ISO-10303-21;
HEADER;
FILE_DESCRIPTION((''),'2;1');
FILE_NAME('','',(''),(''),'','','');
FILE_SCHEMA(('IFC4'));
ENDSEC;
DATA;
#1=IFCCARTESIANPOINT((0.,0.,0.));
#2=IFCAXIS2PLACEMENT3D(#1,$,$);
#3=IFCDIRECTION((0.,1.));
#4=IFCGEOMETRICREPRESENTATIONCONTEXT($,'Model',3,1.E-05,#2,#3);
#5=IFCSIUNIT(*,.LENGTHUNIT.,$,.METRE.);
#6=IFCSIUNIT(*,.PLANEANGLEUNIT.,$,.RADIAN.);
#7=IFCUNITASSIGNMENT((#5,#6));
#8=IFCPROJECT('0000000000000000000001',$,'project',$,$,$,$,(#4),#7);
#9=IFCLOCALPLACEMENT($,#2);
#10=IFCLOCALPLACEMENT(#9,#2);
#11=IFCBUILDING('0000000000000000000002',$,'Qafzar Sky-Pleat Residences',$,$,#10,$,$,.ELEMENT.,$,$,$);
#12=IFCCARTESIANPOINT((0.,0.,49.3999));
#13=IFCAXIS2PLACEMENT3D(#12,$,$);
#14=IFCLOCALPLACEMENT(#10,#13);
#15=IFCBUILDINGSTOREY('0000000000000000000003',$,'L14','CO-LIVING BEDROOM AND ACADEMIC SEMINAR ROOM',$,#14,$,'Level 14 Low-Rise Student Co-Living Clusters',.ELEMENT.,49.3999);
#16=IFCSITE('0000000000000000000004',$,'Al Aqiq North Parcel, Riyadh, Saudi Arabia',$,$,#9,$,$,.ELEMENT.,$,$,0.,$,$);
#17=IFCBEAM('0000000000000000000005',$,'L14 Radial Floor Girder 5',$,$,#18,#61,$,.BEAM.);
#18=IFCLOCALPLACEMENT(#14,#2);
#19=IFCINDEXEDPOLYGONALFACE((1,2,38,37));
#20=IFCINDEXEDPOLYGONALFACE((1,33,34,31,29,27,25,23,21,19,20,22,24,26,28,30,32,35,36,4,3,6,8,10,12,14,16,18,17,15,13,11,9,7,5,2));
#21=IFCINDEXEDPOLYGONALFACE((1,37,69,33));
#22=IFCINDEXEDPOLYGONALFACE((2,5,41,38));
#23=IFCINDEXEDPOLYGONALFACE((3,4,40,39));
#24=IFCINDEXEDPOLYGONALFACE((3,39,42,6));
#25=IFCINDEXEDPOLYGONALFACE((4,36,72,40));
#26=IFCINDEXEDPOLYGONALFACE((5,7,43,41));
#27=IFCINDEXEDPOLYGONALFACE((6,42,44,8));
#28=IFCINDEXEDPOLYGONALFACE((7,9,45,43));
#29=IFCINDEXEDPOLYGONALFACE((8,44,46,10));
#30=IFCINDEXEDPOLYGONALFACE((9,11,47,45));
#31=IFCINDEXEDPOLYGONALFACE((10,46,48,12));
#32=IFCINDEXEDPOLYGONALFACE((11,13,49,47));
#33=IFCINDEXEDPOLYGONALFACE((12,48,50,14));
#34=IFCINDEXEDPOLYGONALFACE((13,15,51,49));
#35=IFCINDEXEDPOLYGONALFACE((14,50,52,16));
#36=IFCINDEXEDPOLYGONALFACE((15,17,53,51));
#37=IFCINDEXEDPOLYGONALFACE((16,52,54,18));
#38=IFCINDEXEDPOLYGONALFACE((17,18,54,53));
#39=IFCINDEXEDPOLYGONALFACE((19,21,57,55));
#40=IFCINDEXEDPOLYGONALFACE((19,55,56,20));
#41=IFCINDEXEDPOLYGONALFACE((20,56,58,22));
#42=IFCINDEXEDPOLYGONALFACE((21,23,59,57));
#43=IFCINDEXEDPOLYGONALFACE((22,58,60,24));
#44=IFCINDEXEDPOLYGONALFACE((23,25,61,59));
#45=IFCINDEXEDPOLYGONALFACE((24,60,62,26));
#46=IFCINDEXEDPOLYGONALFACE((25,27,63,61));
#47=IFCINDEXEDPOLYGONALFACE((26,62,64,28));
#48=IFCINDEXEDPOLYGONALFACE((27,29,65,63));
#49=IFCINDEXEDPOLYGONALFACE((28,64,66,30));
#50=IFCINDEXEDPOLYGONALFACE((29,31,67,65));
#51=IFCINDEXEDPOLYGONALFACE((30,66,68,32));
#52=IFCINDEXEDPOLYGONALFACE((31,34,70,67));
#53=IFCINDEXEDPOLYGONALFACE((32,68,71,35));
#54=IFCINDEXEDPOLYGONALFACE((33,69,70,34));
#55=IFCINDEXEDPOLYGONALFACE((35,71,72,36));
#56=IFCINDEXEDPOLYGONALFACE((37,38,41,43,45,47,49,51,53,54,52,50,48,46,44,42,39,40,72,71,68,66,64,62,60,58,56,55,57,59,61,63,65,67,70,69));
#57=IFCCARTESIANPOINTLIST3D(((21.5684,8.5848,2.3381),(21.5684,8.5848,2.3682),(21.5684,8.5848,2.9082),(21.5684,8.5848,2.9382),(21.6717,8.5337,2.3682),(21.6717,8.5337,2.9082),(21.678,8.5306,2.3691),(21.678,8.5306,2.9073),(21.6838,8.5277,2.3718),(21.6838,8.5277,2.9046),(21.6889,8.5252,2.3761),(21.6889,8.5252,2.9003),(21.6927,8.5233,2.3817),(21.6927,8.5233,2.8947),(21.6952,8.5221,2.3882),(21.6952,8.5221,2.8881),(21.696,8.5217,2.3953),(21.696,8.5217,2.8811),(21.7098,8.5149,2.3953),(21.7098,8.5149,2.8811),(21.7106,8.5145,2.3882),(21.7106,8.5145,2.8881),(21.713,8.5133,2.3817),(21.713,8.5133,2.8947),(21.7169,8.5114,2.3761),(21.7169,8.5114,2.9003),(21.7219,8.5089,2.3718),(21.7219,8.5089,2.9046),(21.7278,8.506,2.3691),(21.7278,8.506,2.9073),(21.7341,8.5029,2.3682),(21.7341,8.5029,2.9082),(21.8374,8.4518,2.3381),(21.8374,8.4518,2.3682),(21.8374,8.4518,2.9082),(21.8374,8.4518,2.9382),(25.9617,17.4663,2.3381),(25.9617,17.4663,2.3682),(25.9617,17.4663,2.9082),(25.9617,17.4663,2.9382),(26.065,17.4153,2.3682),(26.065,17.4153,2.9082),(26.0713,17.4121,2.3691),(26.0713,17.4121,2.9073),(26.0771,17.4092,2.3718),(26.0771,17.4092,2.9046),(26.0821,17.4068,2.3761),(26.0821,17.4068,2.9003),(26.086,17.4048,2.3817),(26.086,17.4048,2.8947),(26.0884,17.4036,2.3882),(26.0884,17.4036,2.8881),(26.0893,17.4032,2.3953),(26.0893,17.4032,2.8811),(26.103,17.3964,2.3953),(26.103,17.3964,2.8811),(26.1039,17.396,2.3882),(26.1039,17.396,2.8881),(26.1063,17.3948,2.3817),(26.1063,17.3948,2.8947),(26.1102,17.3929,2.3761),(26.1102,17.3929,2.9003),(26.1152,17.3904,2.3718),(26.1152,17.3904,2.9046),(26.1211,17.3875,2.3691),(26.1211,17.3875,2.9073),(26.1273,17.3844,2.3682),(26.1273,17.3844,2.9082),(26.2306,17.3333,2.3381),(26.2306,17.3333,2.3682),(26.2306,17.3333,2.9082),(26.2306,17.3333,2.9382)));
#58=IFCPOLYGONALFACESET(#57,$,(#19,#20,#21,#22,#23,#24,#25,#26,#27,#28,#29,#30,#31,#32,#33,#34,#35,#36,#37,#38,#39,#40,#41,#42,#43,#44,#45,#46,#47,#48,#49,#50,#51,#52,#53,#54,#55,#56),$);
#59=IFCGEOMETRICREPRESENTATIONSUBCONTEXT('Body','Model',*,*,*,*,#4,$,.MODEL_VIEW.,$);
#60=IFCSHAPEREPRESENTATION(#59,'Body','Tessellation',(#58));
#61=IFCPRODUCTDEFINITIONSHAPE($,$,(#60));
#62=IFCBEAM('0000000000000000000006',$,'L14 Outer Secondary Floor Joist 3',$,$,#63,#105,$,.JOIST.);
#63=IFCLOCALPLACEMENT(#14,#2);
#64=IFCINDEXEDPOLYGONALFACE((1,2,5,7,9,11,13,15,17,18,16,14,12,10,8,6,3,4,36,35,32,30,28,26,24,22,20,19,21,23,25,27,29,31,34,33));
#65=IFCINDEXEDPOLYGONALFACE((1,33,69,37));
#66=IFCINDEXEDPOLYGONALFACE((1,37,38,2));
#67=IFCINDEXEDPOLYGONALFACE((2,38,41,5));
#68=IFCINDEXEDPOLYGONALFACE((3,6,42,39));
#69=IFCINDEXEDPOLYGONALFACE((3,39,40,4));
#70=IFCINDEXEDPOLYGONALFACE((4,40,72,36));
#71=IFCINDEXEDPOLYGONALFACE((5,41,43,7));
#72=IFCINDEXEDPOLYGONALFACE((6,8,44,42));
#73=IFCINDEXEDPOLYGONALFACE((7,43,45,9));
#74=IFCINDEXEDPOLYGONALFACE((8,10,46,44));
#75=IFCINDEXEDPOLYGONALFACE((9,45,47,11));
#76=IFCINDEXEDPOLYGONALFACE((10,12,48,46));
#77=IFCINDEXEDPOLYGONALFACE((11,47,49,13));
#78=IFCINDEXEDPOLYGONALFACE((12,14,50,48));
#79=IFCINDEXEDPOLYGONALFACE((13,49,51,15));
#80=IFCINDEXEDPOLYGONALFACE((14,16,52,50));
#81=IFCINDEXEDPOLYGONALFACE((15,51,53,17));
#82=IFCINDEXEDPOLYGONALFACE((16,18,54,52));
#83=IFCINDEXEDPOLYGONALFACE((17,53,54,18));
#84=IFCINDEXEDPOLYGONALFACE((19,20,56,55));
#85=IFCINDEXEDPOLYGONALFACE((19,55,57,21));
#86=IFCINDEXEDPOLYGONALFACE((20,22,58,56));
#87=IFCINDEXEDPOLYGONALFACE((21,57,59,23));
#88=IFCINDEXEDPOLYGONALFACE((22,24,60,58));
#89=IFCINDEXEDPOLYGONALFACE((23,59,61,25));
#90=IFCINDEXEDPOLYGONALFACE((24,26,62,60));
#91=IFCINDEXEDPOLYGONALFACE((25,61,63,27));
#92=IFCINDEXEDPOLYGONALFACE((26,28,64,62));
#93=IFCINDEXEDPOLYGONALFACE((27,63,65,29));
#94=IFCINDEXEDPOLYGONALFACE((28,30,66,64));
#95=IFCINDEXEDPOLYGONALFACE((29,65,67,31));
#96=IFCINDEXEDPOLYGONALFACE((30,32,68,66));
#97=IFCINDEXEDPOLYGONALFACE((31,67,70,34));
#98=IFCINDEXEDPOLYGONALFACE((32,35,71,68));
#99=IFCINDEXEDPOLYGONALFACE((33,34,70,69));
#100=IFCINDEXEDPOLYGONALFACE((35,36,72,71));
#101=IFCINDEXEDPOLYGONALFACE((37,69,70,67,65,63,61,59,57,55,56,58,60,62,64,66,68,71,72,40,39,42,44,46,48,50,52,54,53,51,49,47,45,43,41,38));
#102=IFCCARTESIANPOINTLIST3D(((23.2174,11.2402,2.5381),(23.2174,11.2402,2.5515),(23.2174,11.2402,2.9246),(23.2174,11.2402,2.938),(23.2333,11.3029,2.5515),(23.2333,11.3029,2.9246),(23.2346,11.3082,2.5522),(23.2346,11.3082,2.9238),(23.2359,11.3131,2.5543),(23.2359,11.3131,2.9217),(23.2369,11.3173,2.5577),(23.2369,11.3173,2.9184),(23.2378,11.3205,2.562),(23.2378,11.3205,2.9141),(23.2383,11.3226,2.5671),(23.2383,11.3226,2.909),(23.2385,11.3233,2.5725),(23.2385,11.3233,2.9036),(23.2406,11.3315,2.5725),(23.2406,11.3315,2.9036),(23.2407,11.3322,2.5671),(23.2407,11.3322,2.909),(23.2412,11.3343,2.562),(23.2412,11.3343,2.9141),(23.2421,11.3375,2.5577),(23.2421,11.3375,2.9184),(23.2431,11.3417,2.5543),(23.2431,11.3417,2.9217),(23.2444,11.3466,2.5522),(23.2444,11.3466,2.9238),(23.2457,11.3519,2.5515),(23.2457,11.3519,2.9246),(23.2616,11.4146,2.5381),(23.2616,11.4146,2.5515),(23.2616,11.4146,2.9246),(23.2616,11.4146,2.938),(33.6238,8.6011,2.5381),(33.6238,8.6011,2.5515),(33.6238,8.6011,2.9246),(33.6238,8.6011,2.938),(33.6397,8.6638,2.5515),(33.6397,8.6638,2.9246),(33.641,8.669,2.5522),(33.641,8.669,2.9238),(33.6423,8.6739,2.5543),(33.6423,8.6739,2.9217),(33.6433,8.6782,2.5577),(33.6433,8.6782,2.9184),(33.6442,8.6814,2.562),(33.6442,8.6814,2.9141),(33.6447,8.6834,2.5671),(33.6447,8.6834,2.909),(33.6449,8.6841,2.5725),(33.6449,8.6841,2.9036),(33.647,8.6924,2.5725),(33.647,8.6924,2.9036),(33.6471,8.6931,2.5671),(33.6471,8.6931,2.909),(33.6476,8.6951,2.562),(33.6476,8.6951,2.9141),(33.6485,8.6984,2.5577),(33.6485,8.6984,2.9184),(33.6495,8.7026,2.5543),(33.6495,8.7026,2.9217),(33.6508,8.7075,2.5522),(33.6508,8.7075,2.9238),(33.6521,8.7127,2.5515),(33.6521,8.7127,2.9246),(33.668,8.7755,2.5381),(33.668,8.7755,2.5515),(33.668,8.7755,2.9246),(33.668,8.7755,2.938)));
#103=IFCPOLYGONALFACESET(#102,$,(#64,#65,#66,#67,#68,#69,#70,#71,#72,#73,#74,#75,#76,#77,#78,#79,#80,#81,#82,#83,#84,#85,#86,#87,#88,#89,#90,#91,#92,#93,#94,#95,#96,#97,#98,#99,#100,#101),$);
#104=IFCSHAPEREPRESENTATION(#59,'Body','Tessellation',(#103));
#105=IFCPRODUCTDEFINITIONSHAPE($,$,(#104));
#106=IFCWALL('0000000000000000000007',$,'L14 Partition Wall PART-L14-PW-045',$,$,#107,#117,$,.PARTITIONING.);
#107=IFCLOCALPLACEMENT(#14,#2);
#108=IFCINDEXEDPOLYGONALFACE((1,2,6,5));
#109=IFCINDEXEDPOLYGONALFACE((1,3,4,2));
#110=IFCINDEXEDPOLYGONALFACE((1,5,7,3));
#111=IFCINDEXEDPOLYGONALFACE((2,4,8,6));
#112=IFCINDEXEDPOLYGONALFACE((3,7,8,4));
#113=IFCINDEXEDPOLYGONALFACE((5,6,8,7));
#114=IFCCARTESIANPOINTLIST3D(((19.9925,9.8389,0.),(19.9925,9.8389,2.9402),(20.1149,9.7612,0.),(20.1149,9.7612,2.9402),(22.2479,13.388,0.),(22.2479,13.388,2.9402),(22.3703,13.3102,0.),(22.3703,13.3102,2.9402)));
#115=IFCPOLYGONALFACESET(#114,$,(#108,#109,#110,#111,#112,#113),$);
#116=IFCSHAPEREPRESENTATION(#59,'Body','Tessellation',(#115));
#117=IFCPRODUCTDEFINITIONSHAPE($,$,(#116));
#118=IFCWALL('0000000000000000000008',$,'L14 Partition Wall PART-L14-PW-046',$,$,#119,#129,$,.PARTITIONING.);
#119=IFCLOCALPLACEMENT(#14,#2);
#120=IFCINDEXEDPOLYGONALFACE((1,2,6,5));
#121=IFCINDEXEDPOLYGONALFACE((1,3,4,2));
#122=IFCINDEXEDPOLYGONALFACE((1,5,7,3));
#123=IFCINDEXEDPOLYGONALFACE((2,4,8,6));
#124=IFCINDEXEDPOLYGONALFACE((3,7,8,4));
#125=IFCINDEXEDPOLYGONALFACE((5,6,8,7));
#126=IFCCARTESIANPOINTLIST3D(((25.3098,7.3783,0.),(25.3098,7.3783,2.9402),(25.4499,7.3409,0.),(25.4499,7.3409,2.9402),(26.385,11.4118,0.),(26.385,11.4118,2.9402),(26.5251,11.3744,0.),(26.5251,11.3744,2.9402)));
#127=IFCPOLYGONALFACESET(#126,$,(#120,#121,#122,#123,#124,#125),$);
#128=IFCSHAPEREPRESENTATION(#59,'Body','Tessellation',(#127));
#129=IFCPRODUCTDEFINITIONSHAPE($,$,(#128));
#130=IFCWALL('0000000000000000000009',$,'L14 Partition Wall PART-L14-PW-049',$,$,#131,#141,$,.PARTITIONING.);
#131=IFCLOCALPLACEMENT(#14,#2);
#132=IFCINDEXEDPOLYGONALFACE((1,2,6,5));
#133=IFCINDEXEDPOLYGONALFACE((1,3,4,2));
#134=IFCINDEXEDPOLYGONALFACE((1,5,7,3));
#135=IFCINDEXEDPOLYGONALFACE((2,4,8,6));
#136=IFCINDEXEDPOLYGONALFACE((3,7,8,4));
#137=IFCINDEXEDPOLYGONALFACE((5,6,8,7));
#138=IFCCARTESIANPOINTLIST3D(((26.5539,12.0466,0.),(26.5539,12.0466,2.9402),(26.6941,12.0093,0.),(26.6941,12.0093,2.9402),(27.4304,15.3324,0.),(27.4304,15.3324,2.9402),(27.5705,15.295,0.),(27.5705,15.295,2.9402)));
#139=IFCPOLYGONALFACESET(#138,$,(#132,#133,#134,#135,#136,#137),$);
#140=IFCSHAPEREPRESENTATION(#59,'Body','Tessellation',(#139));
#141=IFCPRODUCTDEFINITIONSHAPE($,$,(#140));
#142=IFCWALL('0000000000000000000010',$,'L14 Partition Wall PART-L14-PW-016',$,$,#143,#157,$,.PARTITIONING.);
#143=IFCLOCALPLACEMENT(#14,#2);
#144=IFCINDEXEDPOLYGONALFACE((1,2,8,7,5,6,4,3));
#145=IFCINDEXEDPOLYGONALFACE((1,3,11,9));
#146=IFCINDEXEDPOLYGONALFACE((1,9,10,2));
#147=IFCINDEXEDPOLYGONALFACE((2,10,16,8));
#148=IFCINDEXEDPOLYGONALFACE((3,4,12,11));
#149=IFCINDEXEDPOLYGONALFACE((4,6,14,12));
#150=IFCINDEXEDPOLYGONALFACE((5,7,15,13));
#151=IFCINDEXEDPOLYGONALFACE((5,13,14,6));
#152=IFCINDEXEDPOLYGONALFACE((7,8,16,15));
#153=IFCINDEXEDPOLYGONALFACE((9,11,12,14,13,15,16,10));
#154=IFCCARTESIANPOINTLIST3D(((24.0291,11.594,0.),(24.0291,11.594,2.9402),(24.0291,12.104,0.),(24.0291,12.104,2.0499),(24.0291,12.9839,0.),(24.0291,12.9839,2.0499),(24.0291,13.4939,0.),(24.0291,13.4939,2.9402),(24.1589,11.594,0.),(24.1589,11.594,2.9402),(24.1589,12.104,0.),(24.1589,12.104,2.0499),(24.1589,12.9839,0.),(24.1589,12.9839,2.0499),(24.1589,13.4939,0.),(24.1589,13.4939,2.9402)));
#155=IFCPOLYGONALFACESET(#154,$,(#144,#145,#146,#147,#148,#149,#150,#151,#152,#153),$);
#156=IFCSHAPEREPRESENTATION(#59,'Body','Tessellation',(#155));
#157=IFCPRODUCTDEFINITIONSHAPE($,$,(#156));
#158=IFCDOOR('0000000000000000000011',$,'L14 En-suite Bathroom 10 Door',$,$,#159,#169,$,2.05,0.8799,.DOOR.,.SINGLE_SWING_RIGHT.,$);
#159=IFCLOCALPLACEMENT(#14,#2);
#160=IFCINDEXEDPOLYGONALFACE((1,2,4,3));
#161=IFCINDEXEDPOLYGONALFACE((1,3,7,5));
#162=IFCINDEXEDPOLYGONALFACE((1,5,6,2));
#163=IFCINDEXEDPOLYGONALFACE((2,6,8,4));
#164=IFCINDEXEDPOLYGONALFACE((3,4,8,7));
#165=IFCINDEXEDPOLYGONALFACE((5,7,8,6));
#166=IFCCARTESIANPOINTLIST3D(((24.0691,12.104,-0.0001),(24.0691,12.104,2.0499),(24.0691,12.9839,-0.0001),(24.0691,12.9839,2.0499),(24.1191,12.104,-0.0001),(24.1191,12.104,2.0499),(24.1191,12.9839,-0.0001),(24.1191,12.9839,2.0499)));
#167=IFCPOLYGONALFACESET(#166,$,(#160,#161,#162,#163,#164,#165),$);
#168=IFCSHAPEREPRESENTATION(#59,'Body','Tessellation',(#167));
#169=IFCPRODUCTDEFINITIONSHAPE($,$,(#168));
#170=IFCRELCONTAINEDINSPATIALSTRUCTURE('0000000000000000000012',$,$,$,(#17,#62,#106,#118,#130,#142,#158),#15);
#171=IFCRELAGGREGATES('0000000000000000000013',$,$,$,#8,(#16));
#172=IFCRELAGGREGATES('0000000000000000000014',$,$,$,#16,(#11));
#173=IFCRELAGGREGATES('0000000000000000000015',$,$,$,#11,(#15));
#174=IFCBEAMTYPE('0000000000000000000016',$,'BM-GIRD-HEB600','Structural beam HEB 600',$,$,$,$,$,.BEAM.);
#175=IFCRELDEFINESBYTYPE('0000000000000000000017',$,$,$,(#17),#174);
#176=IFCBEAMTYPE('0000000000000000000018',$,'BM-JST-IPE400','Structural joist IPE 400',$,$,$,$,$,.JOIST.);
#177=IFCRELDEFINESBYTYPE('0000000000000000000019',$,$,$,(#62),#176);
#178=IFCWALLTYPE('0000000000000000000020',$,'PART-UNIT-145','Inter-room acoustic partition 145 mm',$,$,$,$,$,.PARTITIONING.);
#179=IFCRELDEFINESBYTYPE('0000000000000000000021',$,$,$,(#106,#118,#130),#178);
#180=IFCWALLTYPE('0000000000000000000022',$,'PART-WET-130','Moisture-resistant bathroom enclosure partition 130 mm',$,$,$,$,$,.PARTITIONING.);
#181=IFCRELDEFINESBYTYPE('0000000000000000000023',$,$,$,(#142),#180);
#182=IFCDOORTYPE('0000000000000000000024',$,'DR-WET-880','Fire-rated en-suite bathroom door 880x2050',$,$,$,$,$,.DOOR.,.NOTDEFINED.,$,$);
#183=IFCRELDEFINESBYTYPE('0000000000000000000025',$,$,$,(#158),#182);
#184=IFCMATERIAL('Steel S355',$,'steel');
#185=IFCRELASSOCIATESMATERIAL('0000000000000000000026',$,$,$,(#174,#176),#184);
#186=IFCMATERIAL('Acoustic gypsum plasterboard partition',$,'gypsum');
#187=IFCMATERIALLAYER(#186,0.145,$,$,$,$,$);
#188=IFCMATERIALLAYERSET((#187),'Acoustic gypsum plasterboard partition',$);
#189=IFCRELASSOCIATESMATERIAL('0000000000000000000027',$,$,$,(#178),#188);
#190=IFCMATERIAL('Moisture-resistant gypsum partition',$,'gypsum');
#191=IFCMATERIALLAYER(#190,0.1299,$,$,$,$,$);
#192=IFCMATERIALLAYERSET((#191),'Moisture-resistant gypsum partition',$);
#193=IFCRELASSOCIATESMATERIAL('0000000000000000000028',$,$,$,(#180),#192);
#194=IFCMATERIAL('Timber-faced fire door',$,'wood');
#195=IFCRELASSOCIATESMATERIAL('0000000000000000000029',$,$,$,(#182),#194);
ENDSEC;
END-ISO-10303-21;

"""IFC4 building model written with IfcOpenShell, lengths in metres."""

from ifc_helpers import new_model, si_unit, direction, frame, frame_2d, origin, origin_2d, place, context, subcontext, project, spatial, rectangle, i_section, extrude, source, transform, mapped, material, layer, layer_set, material_profile, profile_set, type_object, element, fill, save


model = new_model("IFC4")

# Units and contexts
model_context = context("Model", 3, precision=1e-05, world=origin(), true_north=direction((0.0, 1.0)))
body_context = subcontext(model_context, "Body", "Model", "MODEL_VIEW")
ifc_project = project(units=[si_unit("LENGTHUNIT", "METRE"), si_unit("PLANEANGLEUNIT", "RADIAN")], contexts=[model_context])

# Site, building, storey
site_placement = place(None, origin())
site = spatial("IfcSite", under=ifc_project, at=site_placement, Name="Al Aqiq North Parcel, Riyadh, Saudi Arabia", CompositionType="ELEMENT", RefElevation=0.0)
building_placement = place(site_placement, origin())
building = spatial("IfcBuilding", under=site, at=building_placement, Name="Qafzar Sky-Pleat Residences", CompositionType="ELEMENT")
storey_placement = place(building_placement, frame((0.0, 0.0, 49.3999)))
storey = spatial("IfcBuildingStorey", under=building, at=storey_placement, Name="L14", Description="CO-LIVING BEDROOM AND ACADEMIC SEMINAR ROOM", LongName="Level 14 Low-Rise Student Co-Living Clusters", CompositionType="ELEMENT", Elevation=49.3999)

# Beams
ifc_material_1 = material(Name="Steel S355", Category="steel")
ifc_material_profile_1 = material_profile(ifc_material_1, i_section(OverallWidth=0.3, OverallDepth=0.6001, WebThickness=0.0154, FlangeThickness=0.03, FilletRadius=0.0271, at=origin_2d()), Name="HEB 600")
ifc_profile_set_1 = profile_set([ifc_material_profile_1], Name="Steel S355")
beam_type_1 = type_object("IfcBeamType", Name="BM-GIRD-HEB600", Description="Structural beam HEB 600", PredefinedType="BEAM", material=ifc_profile_set_1)
shared_shape_1 = source(origin(), body_context, "Body", "SweptSolid", [
    extrude(i_section(OverallWidth=0.3, OverallDepth=0.6001, WebThickness=0.0154, FlangeThickness=0.03, FilletRadius=0.0271, at=origin_2d()), origin(), (0.0, 0.0, 1.0), 9.9087),
])
beam_1_placement = place(storey_placement, frame((21.7029, 8.5183, 2.6382), z_axis=(0.443376, 0.896336, 0.0), x_axis=(-0.896336, 0.443376, 0.0)))
element("IfcBeam", 1, at=beam_1_placement, inside=storey, type_object=beam_type_1, Name="L14 Radial Floor Girder 5", PredefinedType="BEAM", context=body_context, shape_type="MappedRepresentation", body=[
    mapped(shared_shape_1, transform((0.0, 0.0, 0.0), x_axis=(1.0, 0.0, 0.0), y_axis=(0.0, 1.0, 0.0), z_axis=(0.0, 0.0, 1.0), scale=1.0)),
])
ifc_material_profile_2 = material_profile(ifc_material_1, i_section(OverallWidth=0.1799, OverallDepth=0.3999, WebThickness=0.0085, FlangeThickness=0.0134, FilletRadius=0.021, at=origin_2d()), Name="IPE 400")
ifc_profile_set_2 = profile_set([ifc_material_profile_2], Name="Steel S355")
beam_type_2 = type_object("IfcBeamType", Name="BM-JST-IPE400", Description="Structural joist IPE 400", PredefinedType="JOIST", material=ifc_profile_set_2)
shared_shape_2 = source(origin(), body_context, "Body", "SweptSolid", [
    extrude(i_section(OverallWidth=0.1799, OverallDepth=0.3999, WebThickness=0.0085, FlangeThickness=0.0134, FilletRadius=0.021, at=origin_2d()), origin(), (0.0, 0.0, 1.0), 10.7358),
])
beam_2_placement = place(storey_placement, frame((23.2395, 11.3274, 2.738), z_axis=(0.969314, -0.245825, 0.0), x_axis=(0.245825, 0.969314, 0.0)))
element("IfcBeam", 2, at=beam_2_placement, inside=storey, type_object=beam_type_2, Name="L14 Outer Secondary Floor Joist 3", PredefinedType="JOIST", context=body_context, shape_type="MappedRepresentation", body=[
    mapped(shared_shape_2, transform((0.0, 0.0, 0.0), x_axis=(1.0, 0.0, 0.0), y_axis=(0.0, 1.0, 0.0), z_axis=(0.0, 0.0, 1.0), scale=1.0)),
])

# Walls
ifc_material_2 = material(Name="Acoustic gypsum plasterboard partition", Category="gypsum")
ifc_layer_1 = layer(ifc_material_2, 0.145)
ifc_layer_set_1 = layer_set([ifc_layer_1], Name="Acoustic gypsum plasterboard partition")
wall_type_1 = type_object("IfcWallType", Name="PART-UNIT-145", Description="Inter-room acoustic partition 145 mm", PredefinedType="PARTITIONING", material=ifc_layer_set_1)
wall_1_placement = place(storey_placement, frame((20.0537, 9.8, 0.0), z_axis=(0.0, 0.0, 1.0), x_axis=(0.536346, 0.843998, 0.0)))
element("IfcWall", 3, at=wall_1_placement, inside=storey, type_object=wall_type_1, Name="L14 Partition Wall PART-L14-PW-045", PredefinedType="PARTITIONING", context=body_context, shape_type="SweptSolid", body=[
    extrude(rectangle(XDim=4.2051, YDim=0.145, at=frame_2d((2.1025, 0.0))), origin(), (0.0, 0.0, 1.0), 2.9402),
])
wall_2_placement = place(storey_placement, frame((25.3799, 7.3596, 0.0), z_axis=(0.0, 0.0, 1.0), x_axis=(0.257575, 0.966258, 0.0)))
element("IfcWall", 4, at=wall_2_placement, inside=storey, type_object=wall_type_1, Name="L14 Partition Wall PART-L14-PW-046", PredefinedType="PARTITIONING", context=body_context, shape_type="SweptSolid", body=[
    extrude(rectangle(XDim=4.1743, YDim=0.145, at=frame_2d((2.0872, 0.0))), origin(), (0.0, 0.0, 1.0), 2.9402),
])
wall_3_placement = place(storey_placement, frame((26.624, 12.0281, 0.0), z_axis=(0.0, 0.0, 1.0), x_axis=(0.257743, 0.966213, 0.0)))
element("IfcWall", 5, at=wall_3_placement, inside=storey, type_object=wall_type_1, Name="L14 Partition Wall PART-L14-PW-049", PredefinedType="PARTITIONING", context=body_context, shape_type="SweptSolid", body=[
    extrude(rectangle(XDim=3.4006, YDim=0.145, at=frame_2d((1.7002, 0.0))), origin(), (0.0, 0.0, 1.0), 2.9402),
])

# Wall, opening, door
ifc_material_3 = material(Name="Moisture-resistant gypsum partition", Category="gypsum")
ifc_layer_2 = layer(ifc_material_3, 0.1299)
ifc_layer_set_2 = layer_set([ifc_layer_2], Name="Moisture-resistant gypsum partition")
wall_type_2 = type_object("IfcWallType", Name="PART-WET-130", Description="Moisture-resistant bathroom enclosure partition 130 mm", PredefinedType="PARTITIONING", material=ifc_layer_set_2)
wall_4_placement = place(storey_placement, frame((24.094, 11.594, 0.0), z_axis=(0.0, 0.0, 1.0), x_axis=(0.0, 1.0, 0.0)))
wall_4 = element("IfcWall", 6, at=wall_4_placement, inside=storey, type_object=wall_type_2, Name="L14 Partition Wall PART-L14-PW-016", PredefinedType="PARTITIONING", context=body_context, shape_type="SweptSolid", body=[
    extrude(rectangle(XDim=1.8999, YDim=0.1299, at=frame_2d((0.95, 0.0))), origin(), (0.0, 0.0, 1.0), 2.9402),
])
opening_1_placement = place(wall_4_placement, frame((0.51, 0.0, 0.0)))
opening_1 = element("IfcOpeningElement", 7, at=opening_1_placement, cuts=wall_4, PredefinedType="OPENING", context=body_context, shape_type="SweptSolid", body=[
    extrude(rectangle(XDim=0.8799, YDim=2.05, at=frame_2d((0.4399, 1.0249))), frame((0.0, 0.075, 0.0), z_axis=(0.0, -1.0, 0.0), x_axis=(1.0, 0.0, 0.0)), (0.0, 0.0, 1.0), 0.1499),
])
ifc_material_4 = material(Name="Timber-faced fire door", Category="wood")
door_type = type_object("IfcDoorType", Name="DR-WET-880", Description="Fire-rated en-suite bathroom door 880x2050", OperationType="NOTDEFINED", PredefinedType="DOOR", material=ifc_material_4)
shared_shape_3 = source(origin(), body_context, "Body", "SweptSolid", [
    extrude(rectangle(XDim=0.8799, YDim=2.05, at=frame_2d((0.4399, 1.0249))), frame((0.0, 0.0249, 0.0), z_axis=(0.0, -1.0, 0.0), x_axis=(1.0, 0.0, 0.0)), (0.0, 0.0, 1.0), 0.05),
])
door_placement = place(opening_1_placement, origin())
door = element("IfcDoor", 8, at=door_placement, inside=storey, type_object=door_type, Name="L14 En-suite Bathroom 10 Door", OperationType="SINGLE_SWING_RIGHT", OverallHeight=2.05, OverallWidth=0.8799, PredefinedType="DOOR", context=body_context, shape_type="MappedRepresentation", body=[
    mapped(shared_shape_3, transform((0.0, 0.0, 0.0), x_axis=(1.0, 0.0, 0.0), y_axis=(0.0, 1.0, 0.0), z_axis=(0.0, 0.0, 1.0), scale=1.0)),
])
fill(opening_1, door)

save(model, "model.ifc")
